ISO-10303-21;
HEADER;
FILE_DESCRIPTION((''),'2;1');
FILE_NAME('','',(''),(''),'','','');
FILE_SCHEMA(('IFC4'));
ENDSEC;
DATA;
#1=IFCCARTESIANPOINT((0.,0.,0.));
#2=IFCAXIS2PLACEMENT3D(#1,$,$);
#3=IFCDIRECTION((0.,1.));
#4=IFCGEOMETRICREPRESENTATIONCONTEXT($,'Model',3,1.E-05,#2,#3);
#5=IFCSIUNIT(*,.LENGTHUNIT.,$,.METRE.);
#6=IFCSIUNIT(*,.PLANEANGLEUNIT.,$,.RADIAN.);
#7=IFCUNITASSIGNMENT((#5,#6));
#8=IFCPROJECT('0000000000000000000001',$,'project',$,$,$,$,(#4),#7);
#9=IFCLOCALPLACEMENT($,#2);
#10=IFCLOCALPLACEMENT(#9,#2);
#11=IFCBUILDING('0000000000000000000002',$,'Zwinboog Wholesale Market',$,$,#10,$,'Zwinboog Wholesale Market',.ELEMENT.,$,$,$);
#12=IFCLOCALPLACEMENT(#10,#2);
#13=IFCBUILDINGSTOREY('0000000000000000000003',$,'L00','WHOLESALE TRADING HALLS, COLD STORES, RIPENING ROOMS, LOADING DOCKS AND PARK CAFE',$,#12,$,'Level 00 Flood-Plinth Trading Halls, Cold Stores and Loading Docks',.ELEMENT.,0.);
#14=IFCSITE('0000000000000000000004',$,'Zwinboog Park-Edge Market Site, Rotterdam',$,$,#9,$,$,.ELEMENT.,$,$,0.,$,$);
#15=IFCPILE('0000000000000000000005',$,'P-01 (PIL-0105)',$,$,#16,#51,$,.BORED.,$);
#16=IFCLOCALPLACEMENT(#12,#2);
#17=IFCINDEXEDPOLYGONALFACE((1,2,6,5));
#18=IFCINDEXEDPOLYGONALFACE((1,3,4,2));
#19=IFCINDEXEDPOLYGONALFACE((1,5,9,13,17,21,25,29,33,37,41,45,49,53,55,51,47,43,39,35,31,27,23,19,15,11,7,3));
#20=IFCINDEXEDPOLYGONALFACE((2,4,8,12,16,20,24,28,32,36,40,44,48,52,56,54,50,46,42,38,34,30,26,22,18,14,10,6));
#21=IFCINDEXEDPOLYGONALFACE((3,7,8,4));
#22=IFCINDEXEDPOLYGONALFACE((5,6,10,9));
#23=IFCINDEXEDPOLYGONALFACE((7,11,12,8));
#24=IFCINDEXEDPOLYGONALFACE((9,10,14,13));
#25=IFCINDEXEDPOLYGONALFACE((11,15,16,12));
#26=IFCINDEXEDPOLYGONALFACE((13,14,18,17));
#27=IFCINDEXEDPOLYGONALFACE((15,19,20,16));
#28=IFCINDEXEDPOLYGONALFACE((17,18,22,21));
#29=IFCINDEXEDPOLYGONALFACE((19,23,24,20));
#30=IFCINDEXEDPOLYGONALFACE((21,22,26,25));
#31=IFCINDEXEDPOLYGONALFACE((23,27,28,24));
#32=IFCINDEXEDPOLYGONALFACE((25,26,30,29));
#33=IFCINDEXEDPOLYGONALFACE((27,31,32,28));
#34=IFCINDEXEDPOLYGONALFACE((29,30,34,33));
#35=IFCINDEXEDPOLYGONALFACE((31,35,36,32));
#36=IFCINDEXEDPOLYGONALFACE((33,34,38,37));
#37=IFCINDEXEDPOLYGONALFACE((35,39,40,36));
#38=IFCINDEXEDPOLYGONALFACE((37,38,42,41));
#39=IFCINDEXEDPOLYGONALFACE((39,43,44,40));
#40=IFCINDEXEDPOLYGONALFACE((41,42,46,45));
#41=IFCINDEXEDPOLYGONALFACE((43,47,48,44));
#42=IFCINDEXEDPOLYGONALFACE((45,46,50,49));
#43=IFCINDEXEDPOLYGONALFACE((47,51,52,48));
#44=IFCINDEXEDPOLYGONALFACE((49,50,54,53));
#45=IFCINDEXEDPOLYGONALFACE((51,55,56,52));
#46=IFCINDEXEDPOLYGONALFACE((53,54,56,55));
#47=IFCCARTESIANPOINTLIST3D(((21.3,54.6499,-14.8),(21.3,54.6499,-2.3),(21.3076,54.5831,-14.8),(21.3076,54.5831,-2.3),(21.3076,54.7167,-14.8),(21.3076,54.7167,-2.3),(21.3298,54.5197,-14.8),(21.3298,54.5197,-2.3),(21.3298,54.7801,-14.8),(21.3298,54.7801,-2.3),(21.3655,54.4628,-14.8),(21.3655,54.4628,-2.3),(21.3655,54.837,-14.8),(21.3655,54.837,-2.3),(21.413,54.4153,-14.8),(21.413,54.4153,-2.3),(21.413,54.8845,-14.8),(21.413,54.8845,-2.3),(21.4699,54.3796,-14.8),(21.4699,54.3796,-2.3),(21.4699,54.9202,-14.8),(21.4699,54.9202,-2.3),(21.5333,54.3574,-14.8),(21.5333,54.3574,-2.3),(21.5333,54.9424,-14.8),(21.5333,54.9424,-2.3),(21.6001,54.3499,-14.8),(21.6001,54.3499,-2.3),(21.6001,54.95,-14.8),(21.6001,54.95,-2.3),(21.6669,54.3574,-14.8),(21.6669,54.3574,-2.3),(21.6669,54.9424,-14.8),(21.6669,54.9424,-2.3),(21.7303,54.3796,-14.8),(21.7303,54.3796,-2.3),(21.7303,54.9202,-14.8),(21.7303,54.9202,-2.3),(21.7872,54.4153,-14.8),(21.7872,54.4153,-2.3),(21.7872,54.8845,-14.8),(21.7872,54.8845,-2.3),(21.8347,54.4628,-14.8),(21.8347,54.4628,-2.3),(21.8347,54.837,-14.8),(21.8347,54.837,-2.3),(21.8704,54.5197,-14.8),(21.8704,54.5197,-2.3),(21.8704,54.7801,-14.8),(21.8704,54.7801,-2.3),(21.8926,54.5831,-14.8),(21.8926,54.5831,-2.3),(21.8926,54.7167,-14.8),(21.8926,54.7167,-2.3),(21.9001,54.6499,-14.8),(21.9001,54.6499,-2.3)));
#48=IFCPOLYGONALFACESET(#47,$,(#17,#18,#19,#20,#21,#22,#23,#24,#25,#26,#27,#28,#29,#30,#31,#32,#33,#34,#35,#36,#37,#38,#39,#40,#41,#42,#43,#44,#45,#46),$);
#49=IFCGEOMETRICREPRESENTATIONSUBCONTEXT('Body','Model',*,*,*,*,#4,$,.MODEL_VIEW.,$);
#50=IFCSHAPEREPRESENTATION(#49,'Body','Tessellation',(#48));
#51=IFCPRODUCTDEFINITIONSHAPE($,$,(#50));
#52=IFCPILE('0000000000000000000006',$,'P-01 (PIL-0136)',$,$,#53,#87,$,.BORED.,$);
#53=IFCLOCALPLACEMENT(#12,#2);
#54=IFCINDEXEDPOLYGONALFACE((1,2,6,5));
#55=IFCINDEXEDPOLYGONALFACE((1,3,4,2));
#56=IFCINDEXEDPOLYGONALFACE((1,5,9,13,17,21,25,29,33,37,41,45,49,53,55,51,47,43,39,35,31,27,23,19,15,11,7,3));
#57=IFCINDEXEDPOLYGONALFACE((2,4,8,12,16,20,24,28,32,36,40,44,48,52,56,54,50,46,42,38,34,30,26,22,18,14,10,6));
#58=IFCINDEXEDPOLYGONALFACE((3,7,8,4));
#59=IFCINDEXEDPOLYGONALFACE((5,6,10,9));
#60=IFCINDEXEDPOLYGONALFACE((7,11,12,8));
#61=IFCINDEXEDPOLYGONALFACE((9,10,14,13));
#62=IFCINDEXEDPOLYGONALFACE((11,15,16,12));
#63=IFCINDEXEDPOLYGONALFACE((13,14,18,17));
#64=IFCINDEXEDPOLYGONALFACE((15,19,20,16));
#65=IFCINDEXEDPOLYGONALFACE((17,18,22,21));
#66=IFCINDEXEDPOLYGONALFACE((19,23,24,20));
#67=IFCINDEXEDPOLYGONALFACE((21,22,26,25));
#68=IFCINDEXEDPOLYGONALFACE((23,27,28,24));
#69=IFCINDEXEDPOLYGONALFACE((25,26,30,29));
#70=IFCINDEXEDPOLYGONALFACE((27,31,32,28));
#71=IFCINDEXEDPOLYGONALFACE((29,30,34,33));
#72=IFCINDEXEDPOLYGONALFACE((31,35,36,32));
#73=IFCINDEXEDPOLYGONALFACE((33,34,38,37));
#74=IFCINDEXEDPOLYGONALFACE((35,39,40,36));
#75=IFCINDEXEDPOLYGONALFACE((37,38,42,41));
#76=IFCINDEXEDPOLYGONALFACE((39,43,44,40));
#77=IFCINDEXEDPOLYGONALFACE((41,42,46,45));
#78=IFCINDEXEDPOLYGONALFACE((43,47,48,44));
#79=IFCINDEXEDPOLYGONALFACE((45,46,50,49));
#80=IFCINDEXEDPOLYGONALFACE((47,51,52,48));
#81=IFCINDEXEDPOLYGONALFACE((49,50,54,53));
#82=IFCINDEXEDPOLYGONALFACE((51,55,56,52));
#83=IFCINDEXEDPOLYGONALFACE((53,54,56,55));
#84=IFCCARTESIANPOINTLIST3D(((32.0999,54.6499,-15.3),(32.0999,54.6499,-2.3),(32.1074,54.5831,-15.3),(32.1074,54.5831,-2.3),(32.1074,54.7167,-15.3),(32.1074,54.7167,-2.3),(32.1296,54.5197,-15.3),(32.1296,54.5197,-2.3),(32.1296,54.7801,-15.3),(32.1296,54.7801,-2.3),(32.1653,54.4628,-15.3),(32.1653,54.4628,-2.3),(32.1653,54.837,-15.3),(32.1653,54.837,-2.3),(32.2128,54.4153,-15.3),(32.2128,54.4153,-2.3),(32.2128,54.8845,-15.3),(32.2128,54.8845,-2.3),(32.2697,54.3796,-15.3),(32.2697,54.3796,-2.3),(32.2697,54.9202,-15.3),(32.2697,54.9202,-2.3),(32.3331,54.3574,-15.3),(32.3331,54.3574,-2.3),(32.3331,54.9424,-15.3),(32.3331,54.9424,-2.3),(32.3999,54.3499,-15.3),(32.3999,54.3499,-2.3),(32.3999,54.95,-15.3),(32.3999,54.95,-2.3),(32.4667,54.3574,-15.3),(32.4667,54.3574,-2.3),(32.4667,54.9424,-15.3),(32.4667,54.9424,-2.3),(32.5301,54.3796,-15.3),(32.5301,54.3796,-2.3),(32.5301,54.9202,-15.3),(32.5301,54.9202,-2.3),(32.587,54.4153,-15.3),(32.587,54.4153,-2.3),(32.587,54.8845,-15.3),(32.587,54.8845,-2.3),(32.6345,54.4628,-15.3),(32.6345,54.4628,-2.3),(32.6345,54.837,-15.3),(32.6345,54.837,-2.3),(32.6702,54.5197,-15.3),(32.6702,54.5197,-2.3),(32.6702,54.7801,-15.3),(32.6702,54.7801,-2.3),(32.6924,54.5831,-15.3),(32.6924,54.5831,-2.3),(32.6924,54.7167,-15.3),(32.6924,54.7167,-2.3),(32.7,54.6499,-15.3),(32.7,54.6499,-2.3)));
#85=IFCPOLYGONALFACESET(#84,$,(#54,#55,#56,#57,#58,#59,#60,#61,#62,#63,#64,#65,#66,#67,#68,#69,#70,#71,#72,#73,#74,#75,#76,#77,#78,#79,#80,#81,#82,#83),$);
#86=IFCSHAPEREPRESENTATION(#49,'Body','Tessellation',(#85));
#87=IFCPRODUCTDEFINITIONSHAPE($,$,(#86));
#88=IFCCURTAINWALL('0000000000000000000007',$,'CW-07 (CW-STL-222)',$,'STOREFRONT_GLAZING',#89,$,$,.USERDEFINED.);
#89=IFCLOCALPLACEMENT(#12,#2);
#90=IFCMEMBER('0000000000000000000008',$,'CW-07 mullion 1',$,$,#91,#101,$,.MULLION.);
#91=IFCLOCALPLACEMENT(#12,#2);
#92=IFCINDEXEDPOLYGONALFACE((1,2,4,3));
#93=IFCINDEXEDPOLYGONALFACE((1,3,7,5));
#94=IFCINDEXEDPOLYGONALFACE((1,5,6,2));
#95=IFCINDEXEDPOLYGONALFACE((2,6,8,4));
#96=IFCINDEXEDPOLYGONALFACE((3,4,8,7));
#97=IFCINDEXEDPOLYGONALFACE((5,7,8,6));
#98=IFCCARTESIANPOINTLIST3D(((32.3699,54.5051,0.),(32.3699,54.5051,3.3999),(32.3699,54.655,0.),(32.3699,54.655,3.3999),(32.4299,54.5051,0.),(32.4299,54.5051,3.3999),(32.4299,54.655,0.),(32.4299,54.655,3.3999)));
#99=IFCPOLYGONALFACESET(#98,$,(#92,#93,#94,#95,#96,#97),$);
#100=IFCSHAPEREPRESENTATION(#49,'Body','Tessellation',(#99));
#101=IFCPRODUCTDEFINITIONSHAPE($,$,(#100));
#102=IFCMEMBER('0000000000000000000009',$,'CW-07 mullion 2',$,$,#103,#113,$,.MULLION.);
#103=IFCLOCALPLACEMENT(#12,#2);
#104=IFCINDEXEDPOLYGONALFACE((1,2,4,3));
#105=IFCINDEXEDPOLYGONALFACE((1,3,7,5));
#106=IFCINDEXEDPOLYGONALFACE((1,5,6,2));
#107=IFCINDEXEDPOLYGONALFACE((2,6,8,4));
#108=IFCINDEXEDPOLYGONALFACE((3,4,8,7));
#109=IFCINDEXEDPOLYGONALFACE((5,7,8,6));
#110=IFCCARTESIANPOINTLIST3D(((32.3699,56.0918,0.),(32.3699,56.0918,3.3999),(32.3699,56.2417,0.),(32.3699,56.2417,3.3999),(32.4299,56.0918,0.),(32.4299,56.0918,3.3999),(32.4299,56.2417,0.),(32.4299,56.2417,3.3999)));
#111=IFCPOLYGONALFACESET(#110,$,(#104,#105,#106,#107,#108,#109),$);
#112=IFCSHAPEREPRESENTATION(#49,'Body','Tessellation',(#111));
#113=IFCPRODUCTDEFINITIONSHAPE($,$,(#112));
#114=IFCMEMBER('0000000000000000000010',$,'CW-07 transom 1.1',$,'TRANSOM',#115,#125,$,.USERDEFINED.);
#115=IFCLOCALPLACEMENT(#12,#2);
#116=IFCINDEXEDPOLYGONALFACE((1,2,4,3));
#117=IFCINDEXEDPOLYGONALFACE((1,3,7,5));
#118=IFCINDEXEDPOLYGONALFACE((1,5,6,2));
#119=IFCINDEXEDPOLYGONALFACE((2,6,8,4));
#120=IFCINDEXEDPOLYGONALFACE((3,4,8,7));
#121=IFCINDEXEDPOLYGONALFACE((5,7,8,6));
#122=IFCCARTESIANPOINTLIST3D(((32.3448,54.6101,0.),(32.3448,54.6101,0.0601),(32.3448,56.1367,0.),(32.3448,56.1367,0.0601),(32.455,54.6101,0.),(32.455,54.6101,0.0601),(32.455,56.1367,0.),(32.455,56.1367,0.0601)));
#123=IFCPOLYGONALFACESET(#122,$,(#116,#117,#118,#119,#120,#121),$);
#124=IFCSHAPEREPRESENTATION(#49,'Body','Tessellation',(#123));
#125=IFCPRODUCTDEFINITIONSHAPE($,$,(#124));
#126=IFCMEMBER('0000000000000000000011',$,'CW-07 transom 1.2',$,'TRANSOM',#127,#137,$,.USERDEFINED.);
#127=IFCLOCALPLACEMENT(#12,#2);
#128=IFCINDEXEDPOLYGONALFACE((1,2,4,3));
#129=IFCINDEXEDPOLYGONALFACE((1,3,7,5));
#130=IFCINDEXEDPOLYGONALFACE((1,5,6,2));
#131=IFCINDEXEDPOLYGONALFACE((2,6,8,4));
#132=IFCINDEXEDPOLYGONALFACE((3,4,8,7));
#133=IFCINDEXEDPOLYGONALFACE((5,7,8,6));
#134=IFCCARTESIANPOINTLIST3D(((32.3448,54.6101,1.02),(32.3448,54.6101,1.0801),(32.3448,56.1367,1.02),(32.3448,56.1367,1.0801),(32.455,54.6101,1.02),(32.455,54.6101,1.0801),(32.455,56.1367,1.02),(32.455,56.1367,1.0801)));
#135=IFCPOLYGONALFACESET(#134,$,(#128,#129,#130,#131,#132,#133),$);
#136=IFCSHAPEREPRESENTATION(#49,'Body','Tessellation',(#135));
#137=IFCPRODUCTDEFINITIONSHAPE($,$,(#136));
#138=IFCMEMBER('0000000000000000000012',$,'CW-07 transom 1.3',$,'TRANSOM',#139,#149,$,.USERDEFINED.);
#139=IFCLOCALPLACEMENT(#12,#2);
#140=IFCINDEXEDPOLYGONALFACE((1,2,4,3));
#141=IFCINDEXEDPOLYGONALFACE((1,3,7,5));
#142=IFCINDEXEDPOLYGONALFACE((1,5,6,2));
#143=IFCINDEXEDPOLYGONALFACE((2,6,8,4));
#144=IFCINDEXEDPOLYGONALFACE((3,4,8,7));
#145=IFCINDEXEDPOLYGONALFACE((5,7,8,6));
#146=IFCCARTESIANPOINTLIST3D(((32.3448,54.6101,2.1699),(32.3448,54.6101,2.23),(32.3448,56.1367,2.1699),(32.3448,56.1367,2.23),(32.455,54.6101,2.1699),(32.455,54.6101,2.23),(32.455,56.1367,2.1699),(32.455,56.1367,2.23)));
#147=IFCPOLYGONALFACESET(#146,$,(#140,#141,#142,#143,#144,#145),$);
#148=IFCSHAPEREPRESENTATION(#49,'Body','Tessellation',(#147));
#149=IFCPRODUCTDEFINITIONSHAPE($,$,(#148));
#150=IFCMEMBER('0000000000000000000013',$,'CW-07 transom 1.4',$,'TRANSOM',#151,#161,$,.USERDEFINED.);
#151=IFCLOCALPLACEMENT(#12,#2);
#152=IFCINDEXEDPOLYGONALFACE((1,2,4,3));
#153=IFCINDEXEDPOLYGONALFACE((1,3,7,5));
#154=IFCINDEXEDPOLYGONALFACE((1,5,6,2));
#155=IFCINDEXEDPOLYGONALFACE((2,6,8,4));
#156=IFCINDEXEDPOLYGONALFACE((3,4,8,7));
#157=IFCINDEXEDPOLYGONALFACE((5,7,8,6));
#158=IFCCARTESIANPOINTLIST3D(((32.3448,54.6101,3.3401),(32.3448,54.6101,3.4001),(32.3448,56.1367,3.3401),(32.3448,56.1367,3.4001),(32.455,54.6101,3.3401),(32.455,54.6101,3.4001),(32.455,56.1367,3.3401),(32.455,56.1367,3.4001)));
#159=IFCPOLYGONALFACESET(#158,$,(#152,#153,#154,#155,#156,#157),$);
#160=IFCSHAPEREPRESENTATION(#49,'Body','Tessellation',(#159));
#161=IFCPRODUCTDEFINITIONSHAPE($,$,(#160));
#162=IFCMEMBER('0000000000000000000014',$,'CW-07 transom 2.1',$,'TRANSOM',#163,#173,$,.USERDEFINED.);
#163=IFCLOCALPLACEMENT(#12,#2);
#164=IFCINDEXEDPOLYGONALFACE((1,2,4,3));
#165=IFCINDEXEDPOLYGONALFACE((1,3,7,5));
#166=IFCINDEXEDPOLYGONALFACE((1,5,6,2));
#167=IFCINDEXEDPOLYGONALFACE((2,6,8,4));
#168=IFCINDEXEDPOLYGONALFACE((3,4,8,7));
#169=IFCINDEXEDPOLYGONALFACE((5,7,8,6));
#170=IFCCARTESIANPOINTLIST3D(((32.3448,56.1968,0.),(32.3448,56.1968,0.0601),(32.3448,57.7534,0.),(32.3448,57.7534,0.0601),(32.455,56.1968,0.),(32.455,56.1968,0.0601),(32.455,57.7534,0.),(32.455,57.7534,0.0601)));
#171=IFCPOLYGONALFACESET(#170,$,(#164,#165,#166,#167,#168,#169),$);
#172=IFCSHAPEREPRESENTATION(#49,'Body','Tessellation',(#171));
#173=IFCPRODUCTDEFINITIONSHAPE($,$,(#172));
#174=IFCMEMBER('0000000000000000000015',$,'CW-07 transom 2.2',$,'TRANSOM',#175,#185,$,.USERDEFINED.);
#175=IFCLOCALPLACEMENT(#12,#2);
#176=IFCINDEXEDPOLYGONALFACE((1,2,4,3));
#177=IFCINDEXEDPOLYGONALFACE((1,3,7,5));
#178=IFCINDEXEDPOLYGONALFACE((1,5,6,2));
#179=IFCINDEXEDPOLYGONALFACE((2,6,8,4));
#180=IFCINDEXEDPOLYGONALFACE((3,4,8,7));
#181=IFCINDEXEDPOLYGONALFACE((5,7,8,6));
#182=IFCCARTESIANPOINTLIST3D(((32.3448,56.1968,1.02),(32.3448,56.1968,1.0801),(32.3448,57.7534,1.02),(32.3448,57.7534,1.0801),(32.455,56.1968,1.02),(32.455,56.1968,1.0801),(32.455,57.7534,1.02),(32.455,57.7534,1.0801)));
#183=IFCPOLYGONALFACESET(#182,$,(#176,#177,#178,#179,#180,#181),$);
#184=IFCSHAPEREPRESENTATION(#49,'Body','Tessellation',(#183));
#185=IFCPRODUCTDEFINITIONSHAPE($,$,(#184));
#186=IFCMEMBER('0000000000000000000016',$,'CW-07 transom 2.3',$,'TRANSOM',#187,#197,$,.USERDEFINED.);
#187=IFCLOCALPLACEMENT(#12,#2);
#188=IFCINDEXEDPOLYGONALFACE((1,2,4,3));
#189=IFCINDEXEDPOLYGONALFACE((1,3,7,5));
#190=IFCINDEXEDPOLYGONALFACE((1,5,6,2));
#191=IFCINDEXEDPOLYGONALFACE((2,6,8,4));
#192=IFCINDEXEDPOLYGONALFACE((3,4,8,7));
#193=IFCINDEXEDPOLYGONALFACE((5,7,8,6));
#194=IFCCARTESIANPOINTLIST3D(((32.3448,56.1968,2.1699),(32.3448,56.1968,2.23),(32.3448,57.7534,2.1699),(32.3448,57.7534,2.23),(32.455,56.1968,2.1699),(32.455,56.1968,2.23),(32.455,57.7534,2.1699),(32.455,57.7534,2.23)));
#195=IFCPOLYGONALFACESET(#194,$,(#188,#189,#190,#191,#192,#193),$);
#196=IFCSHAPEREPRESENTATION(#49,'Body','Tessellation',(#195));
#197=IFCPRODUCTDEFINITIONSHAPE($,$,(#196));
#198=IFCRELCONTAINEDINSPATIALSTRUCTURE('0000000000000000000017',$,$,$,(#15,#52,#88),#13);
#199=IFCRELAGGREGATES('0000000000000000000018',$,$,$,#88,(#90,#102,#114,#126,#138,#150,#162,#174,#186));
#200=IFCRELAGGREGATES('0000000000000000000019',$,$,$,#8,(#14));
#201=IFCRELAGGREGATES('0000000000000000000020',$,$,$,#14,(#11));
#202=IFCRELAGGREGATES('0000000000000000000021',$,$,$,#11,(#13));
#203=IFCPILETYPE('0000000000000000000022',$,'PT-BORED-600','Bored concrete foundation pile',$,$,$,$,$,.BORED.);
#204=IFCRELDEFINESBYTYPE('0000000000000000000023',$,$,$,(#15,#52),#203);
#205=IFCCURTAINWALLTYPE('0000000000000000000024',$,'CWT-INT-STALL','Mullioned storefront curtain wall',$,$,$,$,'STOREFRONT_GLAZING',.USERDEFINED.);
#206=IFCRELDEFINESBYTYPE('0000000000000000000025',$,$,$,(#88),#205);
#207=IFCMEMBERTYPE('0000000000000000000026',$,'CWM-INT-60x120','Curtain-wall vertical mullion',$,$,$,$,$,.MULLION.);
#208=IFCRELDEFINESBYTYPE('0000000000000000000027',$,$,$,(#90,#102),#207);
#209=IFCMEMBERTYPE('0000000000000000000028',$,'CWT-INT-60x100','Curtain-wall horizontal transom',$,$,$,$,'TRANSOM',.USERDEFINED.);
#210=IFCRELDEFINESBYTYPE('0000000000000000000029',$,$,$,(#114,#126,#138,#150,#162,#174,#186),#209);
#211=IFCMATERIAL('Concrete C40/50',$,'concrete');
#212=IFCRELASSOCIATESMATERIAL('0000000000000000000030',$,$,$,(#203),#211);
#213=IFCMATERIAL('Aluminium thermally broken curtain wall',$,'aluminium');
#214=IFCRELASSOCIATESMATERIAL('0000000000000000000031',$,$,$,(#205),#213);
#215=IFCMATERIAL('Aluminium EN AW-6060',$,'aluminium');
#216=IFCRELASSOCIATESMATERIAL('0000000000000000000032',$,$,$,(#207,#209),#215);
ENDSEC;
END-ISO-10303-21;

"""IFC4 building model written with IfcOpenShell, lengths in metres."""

from ifc_helpers import new_model, si_unit, direction, frame, origin, origin_2d, place, context, subcontext, project, spatial, rectangle, circle, extrude, material, material_profile, profile_set, type_object, element, aggregate, save


model = new_model("IFC4")

# Units and contexts
model_context = context("Model", 3, precision=1e-05, world=origin(), true_north=direction((0.0, 1.0)))
body_context = subcontext(model_context, "Body", "Model", "MODEL_VIEW")
ifc_project = project(units=[si_unit("LENGTHUNIT", "METRE"), si_unit("PLANEANGLEUNIT", "RADIAN")], contexts=[model_context])

# Site, building, storey
site_placement = place(None, origin())
site = spatial("IfcSite", under=ifc_project, at=site_placement, Name="Zwinboog Park-Edge Market Site, Rotterdam", CompositionType="ELEMENT", RefElevation=0.0)
building_placement = place(site_placement, origin())
building = spatial("IfcBuilding", under=site, at=building_placement, Name="Zwinboog Wholesale Market", LongName="Zwinboog Wholesale Market", CompositionType="ELEMENT")
storey_placement = place(building_placement, origin())
storey = spatial("IfcBuildingStorey", under=building, at=storey_placement, Name="L00", Description="WHOLESALE TRADING HALLS, COLD STORES, RIPENING ROOMS, LOADING DOCKS AND PARK CAFE", LongName="Level 00 Flood-Plinth Trading Halls, Cold Stores and Loading Docks", CompositionType="ELEMENT", Elevation=0.0)

# Piles
ifc_material_1 = material(Name="Concrete C40/50", Category="concrete")
ifc_material_profile_1 = material_profile(ifc_material_1, circle(Radius=0.3, at=origin_2d()), Name="PILE D600")
ifc_profile_set_1 = profile_set([ifc_material_profile_1], Name="Concrete C40/50")
pile_type = type_object("IfcPileType", Name="PT-BORED-600", Description="Bored concrete foundation pile", PredefinedType="BORED", material=ifc_profile_set_1)
pile_1_placement = place(storey_placement, frame((21.6001, 54.6499, -2.3), z_axis=(0.0, 0.0, -1.0), x_axis=(1.0, 0.0, 0.0)))
element("IfcPile", 1, at=pile_1_placement, inside=storey, type_object=pile_type, Name="P-01 (PIL-0105)", PredefinedType="BORED", context=body_context, shape_type="SweptSolid", body=[
    extrude(circle(Radius=0.3, at=origin_2d()), origin(), (0.0, 0.0, 1.0), 12.5),
])
pile_2_placement = place(storey_placement, frame((32.3999, 54.6499, -2.3), z_axis=(0.0, 0.0, -1.0), x_axis=(1.0, 0.0, 0.0)))
element("IfcPile", 2, at=pile_2_placement, inside=storey, type_object=pile_type, Name="P-01 (PIL-0136)", PredefinedType="BORED", context=body_context, shape_type="SweptSolid", body=[
    extrude(circle(Radius=0.3, at=origin_2d()), origin(), (0.0, 0.0, 1.0), 13.0),
])

# Curtain wall, members
ifc_material_2 = material(Name="Aluminium thermally broken curtain wall", Category="aluminium")
curtain_wall_type = type_object("IfcCurtainWallType", Name="CWT-INT-STALL", Description="Mullioned storefront curtain wall", ElementType="STOREFRONT_GLAZING", PredefinedType="USERDEFINED", material=ifc_material_2)
curtain_wall_placement = place(storey_placement, origin())
curtain_wall = element("IfcCurtainWall", 3, at=curtain_wall_placement, inside=storey, type_object=curtain_wall_type, Name="CW-07 (CW-STL-222)", ObjectType="STOREFRONT_GLAZING", PredefinedType="USERDEFINED")
ifc_material_3 = material(Name="Aluminium EN AW-6060", Category="aluminium")
ifc_material_profile_2 = material_profile(ifc_material_3, rectangle(XDim=0.0601, YDim=0.1499, at=origin_2d()), Name="AL 60x150")
ifc_profile_set_2 = profile_set([ifc_material_profile_2], Name="Aluminium EN AW-6060")
member_type_1 = type_object("IfcMemberType", Name="CWM-INT-60x120", Description="Curtain-wall vertical mullion", PredefinedType="MULLION", material=ifc_profile_set_2)
member_1_placement = place(storey_placement, frame((32.3999, 54.5801, 0.0), z_axis=(0.0, 0.0, 1.0), x_axis=(-1.0, 0.0, 0.0)))
member_1 = element("IfcMember", 4, at=member_1_placement, type_object=member_type_1, Name="CW-07 mullion 1", PredefinedType="MULLION", context=body_context, shape_type="SweptSolid", body=[
    extrude(rectangle(XDim=0.0601, YDim=0.1499, at=origin_2d()), origin(), (0.0, 0.0, 1.0), 3.3999),
])
member_2_placement = place(storey_placement, frame((32.3999, 56.1667, 0.0), z_axis=(0.0, 0.0, 1.0), x_axis=(-1.0, 0.0, 0.0)))
member_2 = element("IfcMember", 5, at=member_2_placement, type_object=member_type_1, Name="CW-07 mullion 2", PredefinedType="MULLION", context=body_context, shape_type="SweptSolid", body=[
    extrude(rectangle(XDim=0.0601, YDim=0.1499, at=origin_2d()), origin(), (0.0, 0.0, 1.0), 3.3999),
])
ifc_material_profile_3 = material_profile(ifc_material_3, rectangle(XDim=0.1101, YDim=0.0601, at=origin_2d()), Name="AL 60x110")
ifc_profile_set_3 = profile_set([ifc_material_profile_3], Name="Aluminium EN AW-6060")
member_type_2 = type_object("IfcMemberType", Name="CWT-INT-60x100", Description="Curtain-wall horizontal transom", ElementType="TRANSOM", PredefinedType="USERDEFINED", material=ifc_profile_set_3)
member_3_placement = place(storey_placement, frame((32.3999, 54.6101, 0.03), z_axis=(0.0, 1.0, 0.0), x_axis=(-1.0, 0.0, 0.0)))
member_3 = element("IfcMember", 6, at=member_3_placement, type_object=member_type_2, Name="CW-07 transom 1.1", ObjectType="TRANSOM", PredefinedType="USERDEFINED", context=body_context, shape_type="SweptSolid", body=[
    extrude(rectangle(XDim=0.1101, YDim=0.0601, at=origin_2d()), origin(), (0.0, 0.0, 1.0), 1.5266),
])
member_4_placement = place(storey_placement, frame((32.3999, 54.6101, 1.05), z_axis=(0.0, 1.0, 0.0), x_axis=(-1.0, 0.0, 0.0)))
member_4 = element("IfcMember", 7, at=member_4_placement, type_object=member_type_2, Name="CW-07 transom 1.2", ObjectType="TRANSOM", PredefinedType="USERDEFINED", context=body_context, shape_type="SweptSolid", body=[
    extrude(rectangle(XDim=0.1101, YDim=0.0601, at=origin_2d()), origin(), (0.0, 0.0, 1.0), 1.5266),
])
member_5_placement = place(storey_placement, frame((32.3999, 54.6101, 2.2), z_axis=(0.0, 1.0, 0.0), x_axis=(-1.0, 0.0, 0.0)))
member_5 = element("IfcMember", 8, at=member_5_placement, type_object=member_type_2, Name="CW-07 transom 1.3", ObjectType="TRANSOM", PredefinedType="USERDEFINED", context=body_context, shape_type="SweptSolid", body=[
    extrude(rectangle(XDim=0.1101, YDim=0.0601, at=origin_2d()), origin(), (0.0, 0.0, 1.0), 1.5266),
])
member_6_placement = place(storey_placement, frame((32.3999, 54.6101, 3.3701), z_axis=(0.0, 1.0, 0.0), x_axis=(-1.0, 0.0, 0.0)))
member_6 = element("IfcMember", 9, at=member_6_placement, type_object=member_type_2, Name="CW-07 transom 1.4", ObjectType="TRANSOM", PredefinedType="USERDEFINED", context=body_context, shape_type="SweptSolid", body=[
    extrude(rectangle(XDim=0.1101, YDim=0.0601, at=origin_2d()), origin(), (0.0, 0.0, 1.0), 1.5266),
])
member_7_placement = place(storey_placement, frame((32.3999, 56.1968, 0.03), z_axis=(0.0, 1.0, 0.0), x_axis=(-1.0, 0.0, 0.0)))
member_7 = element("IfcMember", 10, at=member_7_placement, type_object=member_type_2, Name="CW-07 transom 2.1", ObjectType="TRANSOM", PredefinedType="USERDEFINED", context=body_context, shape_type="SweptSolid", body=[
    extrude(rectangle(XDim=0.1101, YDim=0.0601, at=origin_2d()), origin(), (0.0, 0.0, 1.0), 1.5566),
])
member_8_placement = place(storey_placement, frame((32.3999, 56.1968, 1.05), z_axis=(0.0, 1.0, 0.0), x_axis=(-1.0, 0.0, 0.0)))
member_8 = element("IfcMember", 11, at=member_8_placement, type_object=member_type_2, Name="CW-07 transom 2.2", ObjectType="TRANSOM", PredefinedType="USERDEFINED", context=body_context, shape_type="SweptSolid", body=[
    extrude(rectangle(XDim=0.1101, YDim=0.0601, at=origin_2d()), origin(), (0.0, 0.0, 1.0), 1.5566),
])
member_9_placement = place(storey_placement, frame((32.3999, 56.1968, 2.2), z_axis=(0.0, 1.0, 0.0), x_axis=(-1.0, 0.0, 0.0)))
member_9 = element("IfcMember", 12, at=member_9_placement, type_object=member_type_2, Name="CW-07 transom 2.3", ObjectType="TRANSOM", PredefinedType="USERDEFINED", context=body_context, shape_type="SweptSolid", body=[
    extrude(rectangle(XDim=0.1101, YDim=0.0601, at=origin_2d()), origin(), (0.0, 0.0, 1.0), 1.5566),
])
aggregate(curtain_wall, [member_1, member_2, member_3, member_4, member_5, member_6, member_7, member_8, member_9])

save(model, "model.ifc")
